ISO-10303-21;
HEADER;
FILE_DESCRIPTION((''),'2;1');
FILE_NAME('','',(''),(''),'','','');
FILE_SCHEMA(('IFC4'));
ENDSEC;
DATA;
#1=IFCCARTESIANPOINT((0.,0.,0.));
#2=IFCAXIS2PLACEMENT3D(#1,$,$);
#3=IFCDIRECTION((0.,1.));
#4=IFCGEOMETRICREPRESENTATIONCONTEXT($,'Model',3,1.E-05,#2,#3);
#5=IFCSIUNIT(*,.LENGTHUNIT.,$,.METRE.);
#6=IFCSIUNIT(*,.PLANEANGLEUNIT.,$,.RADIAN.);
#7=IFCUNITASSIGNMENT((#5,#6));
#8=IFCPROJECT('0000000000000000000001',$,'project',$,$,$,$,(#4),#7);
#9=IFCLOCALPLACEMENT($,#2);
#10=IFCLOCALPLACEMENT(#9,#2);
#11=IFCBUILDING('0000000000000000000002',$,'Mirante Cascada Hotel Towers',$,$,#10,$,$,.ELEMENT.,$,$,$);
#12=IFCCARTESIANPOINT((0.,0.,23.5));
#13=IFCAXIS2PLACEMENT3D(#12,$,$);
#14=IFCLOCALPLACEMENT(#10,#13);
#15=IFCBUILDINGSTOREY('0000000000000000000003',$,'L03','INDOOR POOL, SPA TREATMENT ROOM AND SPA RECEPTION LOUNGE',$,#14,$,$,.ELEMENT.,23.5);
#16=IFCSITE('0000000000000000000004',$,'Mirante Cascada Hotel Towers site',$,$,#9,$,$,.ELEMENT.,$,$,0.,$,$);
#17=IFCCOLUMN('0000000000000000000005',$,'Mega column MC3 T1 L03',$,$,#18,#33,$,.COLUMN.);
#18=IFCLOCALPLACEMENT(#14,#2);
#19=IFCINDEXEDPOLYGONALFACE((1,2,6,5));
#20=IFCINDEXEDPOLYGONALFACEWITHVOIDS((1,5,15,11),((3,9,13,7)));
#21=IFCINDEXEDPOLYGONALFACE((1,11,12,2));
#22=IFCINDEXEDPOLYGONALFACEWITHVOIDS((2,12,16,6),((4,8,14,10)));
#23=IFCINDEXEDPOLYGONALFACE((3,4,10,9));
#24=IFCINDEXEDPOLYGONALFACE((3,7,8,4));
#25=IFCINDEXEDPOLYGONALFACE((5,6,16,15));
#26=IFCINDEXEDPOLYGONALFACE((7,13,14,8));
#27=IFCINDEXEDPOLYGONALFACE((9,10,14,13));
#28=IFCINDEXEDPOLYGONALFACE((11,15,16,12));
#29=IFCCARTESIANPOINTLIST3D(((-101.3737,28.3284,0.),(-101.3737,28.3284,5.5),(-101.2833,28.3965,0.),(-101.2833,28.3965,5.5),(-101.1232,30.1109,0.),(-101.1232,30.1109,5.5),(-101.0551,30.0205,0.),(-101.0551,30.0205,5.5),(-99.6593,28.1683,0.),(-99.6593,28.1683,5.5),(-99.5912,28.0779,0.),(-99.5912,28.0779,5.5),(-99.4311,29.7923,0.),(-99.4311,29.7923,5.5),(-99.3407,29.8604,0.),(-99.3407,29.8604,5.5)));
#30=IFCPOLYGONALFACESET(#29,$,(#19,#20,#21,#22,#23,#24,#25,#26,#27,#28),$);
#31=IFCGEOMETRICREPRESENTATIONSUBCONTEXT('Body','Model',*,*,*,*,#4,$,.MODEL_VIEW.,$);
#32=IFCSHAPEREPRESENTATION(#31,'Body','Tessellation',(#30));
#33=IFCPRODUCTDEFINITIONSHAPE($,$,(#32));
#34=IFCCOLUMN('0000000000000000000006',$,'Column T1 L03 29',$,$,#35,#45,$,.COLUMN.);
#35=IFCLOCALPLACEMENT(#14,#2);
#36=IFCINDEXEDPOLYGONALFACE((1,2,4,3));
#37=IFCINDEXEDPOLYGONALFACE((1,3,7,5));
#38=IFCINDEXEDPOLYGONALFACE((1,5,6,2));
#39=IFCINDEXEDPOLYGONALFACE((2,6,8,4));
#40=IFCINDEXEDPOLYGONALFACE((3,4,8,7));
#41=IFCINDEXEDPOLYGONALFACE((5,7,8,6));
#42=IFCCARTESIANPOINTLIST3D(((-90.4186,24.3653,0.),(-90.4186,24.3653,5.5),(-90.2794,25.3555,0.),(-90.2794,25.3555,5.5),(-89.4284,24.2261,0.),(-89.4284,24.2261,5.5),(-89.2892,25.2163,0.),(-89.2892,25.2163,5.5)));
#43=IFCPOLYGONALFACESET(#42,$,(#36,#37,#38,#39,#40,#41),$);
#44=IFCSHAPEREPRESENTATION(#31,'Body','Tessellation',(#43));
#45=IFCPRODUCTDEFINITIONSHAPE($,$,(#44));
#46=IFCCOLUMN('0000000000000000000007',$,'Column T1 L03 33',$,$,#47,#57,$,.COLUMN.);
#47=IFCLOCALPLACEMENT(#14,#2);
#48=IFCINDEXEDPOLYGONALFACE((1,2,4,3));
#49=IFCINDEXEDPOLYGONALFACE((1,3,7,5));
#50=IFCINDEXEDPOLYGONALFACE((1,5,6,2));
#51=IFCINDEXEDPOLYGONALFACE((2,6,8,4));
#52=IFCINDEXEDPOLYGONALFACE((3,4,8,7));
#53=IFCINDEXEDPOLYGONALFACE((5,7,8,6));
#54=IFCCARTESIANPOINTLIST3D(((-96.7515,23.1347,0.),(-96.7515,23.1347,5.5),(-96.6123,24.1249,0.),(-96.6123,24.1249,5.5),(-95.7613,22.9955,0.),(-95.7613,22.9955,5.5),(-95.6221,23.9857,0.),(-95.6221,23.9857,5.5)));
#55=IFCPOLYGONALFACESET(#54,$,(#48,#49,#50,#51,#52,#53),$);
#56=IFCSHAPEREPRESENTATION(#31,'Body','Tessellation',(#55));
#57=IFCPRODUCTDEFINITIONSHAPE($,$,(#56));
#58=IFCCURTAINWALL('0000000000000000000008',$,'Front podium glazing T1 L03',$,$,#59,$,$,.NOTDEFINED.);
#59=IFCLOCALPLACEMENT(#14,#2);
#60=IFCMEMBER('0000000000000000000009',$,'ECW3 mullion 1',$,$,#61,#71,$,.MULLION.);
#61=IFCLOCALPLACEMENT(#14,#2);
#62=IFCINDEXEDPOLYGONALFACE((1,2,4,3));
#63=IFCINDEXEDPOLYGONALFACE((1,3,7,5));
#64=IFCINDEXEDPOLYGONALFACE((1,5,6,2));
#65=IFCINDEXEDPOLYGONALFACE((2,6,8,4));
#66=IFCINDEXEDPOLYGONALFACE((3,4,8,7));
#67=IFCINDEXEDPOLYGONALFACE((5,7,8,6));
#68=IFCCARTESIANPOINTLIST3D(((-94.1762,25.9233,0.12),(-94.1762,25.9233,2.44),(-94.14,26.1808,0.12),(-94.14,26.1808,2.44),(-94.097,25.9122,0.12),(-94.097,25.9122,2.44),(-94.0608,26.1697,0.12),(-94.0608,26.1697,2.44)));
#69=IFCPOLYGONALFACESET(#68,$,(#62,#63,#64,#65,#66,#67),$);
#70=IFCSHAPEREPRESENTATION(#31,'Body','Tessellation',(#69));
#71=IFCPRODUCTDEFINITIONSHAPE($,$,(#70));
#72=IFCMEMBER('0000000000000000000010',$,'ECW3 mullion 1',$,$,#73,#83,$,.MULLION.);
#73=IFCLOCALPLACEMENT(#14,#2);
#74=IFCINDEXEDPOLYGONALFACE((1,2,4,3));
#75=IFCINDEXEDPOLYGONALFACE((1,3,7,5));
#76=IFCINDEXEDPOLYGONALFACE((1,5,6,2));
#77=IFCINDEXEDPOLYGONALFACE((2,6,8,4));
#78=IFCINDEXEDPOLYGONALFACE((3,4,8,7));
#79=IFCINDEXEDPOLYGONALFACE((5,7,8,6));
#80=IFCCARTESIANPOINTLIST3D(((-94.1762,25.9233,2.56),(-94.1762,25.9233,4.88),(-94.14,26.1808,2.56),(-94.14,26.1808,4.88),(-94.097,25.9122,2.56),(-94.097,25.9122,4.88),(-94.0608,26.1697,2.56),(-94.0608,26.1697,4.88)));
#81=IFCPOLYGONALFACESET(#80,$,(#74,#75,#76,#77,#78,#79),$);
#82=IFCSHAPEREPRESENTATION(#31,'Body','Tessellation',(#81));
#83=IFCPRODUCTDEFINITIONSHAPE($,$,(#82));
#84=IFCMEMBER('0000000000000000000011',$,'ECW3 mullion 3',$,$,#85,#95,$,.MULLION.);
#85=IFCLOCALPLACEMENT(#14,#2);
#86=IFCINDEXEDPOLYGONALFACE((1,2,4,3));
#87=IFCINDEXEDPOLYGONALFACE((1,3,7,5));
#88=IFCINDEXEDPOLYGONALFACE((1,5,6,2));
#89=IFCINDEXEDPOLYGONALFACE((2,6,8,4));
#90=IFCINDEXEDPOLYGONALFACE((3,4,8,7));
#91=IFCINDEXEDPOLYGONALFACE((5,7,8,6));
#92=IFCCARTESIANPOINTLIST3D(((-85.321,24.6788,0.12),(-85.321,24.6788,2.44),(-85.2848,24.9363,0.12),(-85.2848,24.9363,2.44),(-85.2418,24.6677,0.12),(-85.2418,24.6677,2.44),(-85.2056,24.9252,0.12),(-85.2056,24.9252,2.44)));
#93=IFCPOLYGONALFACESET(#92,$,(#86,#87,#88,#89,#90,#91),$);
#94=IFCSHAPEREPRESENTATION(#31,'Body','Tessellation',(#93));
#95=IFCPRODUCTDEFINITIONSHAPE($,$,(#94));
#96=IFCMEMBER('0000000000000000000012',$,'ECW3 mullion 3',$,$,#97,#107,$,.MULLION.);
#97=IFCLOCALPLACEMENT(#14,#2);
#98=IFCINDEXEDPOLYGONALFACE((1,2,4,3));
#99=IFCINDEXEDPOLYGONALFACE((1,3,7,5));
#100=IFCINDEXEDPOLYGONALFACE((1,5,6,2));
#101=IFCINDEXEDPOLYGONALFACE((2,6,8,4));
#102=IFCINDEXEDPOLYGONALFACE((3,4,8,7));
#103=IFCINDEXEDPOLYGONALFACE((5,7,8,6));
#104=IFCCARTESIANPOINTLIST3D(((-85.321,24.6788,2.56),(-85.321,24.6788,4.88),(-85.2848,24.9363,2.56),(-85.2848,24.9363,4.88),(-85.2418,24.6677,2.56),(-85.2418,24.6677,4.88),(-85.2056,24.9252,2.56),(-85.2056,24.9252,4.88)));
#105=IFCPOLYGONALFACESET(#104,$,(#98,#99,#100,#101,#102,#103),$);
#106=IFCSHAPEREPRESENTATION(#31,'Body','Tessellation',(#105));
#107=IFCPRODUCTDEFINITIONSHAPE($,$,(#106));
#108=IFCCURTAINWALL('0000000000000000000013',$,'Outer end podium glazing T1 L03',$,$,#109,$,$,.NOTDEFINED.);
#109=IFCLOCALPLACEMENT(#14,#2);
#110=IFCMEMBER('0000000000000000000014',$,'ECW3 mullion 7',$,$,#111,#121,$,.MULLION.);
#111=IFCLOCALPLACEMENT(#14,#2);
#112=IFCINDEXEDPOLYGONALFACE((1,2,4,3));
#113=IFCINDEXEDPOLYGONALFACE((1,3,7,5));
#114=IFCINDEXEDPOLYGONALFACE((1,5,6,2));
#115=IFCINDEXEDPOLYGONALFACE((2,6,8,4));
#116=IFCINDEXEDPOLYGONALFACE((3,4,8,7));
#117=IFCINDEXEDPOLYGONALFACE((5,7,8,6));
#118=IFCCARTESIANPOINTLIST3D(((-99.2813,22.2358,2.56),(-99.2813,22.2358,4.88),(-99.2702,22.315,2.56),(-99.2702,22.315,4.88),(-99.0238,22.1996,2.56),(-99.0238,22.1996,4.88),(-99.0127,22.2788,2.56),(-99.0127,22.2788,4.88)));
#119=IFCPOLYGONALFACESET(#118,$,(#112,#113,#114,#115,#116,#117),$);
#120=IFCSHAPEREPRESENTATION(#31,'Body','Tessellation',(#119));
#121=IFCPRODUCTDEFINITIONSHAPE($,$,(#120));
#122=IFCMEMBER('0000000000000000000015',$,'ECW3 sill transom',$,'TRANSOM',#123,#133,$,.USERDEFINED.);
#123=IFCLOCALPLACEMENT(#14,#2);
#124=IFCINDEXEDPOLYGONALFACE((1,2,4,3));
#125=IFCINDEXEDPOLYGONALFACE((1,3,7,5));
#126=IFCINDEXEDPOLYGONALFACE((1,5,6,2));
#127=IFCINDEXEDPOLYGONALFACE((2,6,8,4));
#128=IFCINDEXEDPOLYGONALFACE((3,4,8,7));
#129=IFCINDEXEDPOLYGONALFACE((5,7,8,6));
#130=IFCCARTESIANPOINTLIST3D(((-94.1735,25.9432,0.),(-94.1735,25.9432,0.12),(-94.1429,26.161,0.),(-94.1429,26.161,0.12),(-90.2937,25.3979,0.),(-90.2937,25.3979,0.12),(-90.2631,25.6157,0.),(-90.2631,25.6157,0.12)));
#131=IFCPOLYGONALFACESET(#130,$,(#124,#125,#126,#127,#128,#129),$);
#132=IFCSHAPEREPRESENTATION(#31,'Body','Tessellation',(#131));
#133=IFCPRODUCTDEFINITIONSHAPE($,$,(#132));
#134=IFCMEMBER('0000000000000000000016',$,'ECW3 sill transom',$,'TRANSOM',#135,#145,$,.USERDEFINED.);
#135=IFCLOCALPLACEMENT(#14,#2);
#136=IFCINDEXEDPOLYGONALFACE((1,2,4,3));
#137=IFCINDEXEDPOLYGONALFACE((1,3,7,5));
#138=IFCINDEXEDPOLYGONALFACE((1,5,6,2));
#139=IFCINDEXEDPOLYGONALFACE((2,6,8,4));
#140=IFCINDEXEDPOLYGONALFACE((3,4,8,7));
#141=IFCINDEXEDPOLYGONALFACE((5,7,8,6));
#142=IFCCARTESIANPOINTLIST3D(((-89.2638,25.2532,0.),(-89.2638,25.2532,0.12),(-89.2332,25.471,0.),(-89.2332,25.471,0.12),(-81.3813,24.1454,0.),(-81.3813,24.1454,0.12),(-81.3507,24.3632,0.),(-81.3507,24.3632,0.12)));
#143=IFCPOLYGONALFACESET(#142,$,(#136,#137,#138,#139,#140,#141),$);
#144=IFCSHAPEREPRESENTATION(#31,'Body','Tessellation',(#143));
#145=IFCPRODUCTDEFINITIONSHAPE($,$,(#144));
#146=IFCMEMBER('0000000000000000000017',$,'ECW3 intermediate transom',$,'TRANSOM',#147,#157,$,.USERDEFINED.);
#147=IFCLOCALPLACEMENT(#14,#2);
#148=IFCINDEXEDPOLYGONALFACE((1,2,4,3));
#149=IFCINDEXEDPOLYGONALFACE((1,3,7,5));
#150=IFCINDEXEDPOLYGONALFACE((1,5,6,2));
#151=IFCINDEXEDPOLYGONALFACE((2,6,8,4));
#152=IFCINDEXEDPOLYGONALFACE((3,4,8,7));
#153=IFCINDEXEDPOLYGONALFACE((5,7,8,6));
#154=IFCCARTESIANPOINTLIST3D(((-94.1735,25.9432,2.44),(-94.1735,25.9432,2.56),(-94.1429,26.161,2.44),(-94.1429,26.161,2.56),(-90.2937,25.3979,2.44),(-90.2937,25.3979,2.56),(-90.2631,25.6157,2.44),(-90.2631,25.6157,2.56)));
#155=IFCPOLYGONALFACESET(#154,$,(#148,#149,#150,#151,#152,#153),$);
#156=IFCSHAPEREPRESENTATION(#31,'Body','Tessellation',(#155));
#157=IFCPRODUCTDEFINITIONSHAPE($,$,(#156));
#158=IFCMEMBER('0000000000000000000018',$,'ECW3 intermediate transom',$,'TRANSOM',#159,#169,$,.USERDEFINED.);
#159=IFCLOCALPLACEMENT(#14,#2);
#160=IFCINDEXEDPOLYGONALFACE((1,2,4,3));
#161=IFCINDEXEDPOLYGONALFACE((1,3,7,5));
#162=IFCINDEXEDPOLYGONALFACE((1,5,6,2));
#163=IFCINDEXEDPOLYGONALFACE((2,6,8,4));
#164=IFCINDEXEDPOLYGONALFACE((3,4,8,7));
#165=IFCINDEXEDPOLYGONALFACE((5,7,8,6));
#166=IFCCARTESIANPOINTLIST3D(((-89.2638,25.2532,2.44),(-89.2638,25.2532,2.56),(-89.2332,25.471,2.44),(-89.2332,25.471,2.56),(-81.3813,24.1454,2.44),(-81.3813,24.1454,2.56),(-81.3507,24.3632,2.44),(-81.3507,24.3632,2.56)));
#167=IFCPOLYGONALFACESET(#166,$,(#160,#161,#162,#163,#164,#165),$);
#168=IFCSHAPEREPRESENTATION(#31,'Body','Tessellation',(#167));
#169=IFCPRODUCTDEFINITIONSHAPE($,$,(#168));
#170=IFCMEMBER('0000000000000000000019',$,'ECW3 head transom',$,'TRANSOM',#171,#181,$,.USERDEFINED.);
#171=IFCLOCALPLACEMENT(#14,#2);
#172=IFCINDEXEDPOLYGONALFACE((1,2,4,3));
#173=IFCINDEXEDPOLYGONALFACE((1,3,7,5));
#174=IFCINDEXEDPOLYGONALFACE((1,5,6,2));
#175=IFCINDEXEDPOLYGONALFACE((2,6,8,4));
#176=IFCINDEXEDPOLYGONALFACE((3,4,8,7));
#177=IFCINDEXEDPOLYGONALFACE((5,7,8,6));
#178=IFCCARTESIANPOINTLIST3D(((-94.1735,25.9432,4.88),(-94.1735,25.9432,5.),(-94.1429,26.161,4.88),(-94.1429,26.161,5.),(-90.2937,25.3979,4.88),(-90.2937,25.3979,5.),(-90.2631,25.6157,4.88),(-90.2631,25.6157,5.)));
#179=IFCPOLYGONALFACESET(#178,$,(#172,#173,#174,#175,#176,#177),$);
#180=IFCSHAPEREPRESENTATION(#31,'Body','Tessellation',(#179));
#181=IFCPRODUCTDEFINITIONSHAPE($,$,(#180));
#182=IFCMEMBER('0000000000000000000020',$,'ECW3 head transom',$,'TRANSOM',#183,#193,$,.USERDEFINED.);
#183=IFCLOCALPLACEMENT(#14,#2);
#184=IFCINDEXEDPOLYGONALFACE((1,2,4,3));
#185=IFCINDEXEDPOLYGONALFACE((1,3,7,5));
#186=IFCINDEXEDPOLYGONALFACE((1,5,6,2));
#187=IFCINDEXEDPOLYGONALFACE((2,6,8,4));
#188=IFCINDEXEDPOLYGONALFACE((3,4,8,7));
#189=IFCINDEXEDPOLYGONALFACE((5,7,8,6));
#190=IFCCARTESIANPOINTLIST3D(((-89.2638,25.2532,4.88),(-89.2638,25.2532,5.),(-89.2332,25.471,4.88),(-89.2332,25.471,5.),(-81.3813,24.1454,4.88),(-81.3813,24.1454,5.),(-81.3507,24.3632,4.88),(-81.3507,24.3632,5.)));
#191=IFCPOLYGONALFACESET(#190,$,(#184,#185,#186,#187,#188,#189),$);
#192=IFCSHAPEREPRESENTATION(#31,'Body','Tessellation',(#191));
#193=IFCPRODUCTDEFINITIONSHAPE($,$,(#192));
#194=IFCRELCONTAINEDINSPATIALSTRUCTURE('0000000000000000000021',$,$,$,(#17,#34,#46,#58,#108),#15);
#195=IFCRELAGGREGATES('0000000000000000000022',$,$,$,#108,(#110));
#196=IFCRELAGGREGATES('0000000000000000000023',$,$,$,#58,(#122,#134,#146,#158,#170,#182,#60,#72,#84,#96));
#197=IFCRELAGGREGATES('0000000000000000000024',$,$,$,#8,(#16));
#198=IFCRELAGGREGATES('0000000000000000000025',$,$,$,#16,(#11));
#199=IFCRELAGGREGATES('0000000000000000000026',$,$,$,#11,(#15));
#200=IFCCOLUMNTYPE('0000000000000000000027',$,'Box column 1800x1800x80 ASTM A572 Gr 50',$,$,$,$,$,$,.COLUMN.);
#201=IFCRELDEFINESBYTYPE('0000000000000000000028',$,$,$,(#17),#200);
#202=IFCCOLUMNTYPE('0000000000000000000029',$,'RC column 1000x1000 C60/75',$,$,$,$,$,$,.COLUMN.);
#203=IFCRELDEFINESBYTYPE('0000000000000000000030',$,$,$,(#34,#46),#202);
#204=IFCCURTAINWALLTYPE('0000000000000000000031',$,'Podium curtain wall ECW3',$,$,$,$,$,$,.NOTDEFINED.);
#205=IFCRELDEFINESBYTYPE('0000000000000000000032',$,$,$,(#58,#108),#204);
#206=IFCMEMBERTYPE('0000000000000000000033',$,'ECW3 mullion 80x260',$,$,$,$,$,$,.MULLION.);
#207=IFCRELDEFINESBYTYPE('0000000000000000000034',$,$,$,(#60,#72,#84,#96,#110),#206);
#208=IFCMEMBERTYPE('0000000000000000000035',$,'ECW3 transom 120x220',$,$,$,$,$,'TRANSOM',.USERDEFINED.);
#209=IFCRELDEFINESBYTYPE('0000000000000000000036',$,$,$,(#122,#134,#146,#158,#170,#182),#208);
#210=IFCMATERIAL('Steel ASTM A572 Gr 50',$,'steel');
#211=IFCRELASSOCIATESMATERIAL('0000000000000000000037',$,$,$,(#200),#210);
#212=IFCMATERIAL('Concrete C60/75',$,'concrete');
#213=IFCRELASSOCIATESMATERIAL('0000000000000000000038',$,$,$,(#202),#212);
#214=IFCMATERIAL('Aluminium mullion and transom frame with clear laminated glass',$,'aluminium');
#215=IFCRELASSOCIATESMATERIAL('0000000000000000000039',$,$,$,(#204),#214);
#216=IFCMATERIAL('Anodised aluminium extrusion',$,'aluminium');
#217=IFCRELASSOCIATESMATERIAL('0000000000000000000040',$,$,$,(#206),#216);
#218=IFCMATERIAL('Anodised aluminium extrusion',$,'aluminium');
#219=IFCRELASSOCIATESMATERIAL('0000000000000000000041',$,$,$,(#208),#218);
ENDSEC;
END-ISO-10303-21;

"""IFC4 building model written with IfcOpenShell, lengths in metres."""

from ifc_helpers import new_model, si_unit, direction, frame, origin, origin_2d, place, context, subcontext, project, spatial, rectangle, hollow_rectangle, extrude, material, material_profile, profile_set, type_object, element, aggregate, save


model = new_model("IFC4")

# Units and contexts
model_context = context("Model", 3, precision=1e-05, world=origin(), true_north=direction((0.0, 1.0)))
body_context = subcontext(model_context, "Body", "Model", "MODEL_VIEW")
ifc_project = project(units=[si_unit("LENGTHUNIT", "METRE"), si_unit("PLANEANGLEUNIT", "RADIAN")], contexts=[model_context])

# Site, building, storey
site_placement = place(None, origin())
site = spatial("IfcSite", under=ifc_project, at=site_placement, Name="Mirante Cascada Hotel Towers site", CompositionType="ELEMENT", RefElevation=0.0)
building_placement = place(site_placement, origin())
building = spatial("IfcBuilding", under=site, at=building_placement, Name="Mirante Cascada Hotel Towers", CompositionType="ELEMENT")
storey_placement = place(building_placement, frame((0.0, 0.0, 23.5)))
storey = spatial("IfcBuildingStorey", under=building, at=storey_placement, Name="L03", Description="INDOOR POOL, SPA TREATMENT ROOM AND SPA RECEPTION LOUNGE", CompositionType="ELEMENT", Elevation=23.5)

# Columns
ifc_material_1 = material(Name="Steel ASTM A572 Gr 50", Category="steel")
ifc_material_profile_1 = material_profile(ifc_material_1, hollow_rectangle(XDim=1.8, YDim=1.8, WallThickness=0.08, at=origin_2d()), Name="Box column 1800x1800x80 ASTM A572 Gr 50")
ifc_profile_set_1 = profile_set([ifc_material_profile_1], Name="Steel ASTM A572 Gr 50")
column_type_1 = type_object("IfcColumnType", Name="Box column 1800x1800x80 ASTM A572 Gr 50", PredefinedType="COLUMN", material=ifc_profile_set_1)
column_placement = place(storey_placement, frame((-100.3572, 29.0944, 0.0), z_axis=(0.0, 0.0, 1.0), x_axis=(-0.990268, 0.139173, 0.0)))
element("IfcColumn", 1, at=column_placement, inside=storey, type_object=column_type_1, Name="Mega column MC3 T1 L03", PredefinedType="COLUMN", context=body_context, shape_type="SweptSolid", body=[
    extrude(hollow_rectangle(XDim=1.8, YDim=1.8, WallThickness=0.08, at=origin_2d()), origin(), (0.0, 0.0, 1.0), 5.5),
])
ifc_material_2 = material(Name="Concrete C60/75", Category="concrete")
ifc_material_profile_2 = material_profile(ifc_material_2, rectangle(XDim=1.0, YDim=1.0, at=origin_2d()), Name="RC column 1000x1000 C60/75")
ifc_profile_set_2 = profile_set([ifc_material_profile_2], Name="Concrete C60/75")
column_type_2 = type_object("IfcColumnType", Name="RC column 1000x1000 C60/75", PredefinedType="COLUMN", material=ifc_profile_set_2)
for number, where, z_axis, x_axis, name in (
    (2, (-89.8539, 24.7908, 0.0), (0.0, 0.0, 1.0), (-0.990268, 0.139173, 0.0), "Column T1 L03 29"),
    (3, (-96.1868, 23.5602, 0.0), (0.0, 0.0, 1.0), (-0.990268, 0.139173, 0.0), "Column T1 L03 33"),
):
    element("IfcColumn", number, at=place(storey_placement, frame(where, z_axis=z_axis, x_axis=x_axis)), inside=storey, type_object=column_type_2, Name=name, PredefinedType="COLUMN", context=body_context, shape_type="SweptSolid", body=[
        extrude(rectangle(XDim=1.0, YDim=1.0, at=origin_2d()), origin(), (0.0, 0.0, 1.0), 5.5),
    ])

# Curtain wall, members
ifc_material_3 = material(Name="Aluminium mullion and transom frame with clear laminated glass", Category="aluminium")
curtain_wall_type = type_object("IfcCurtainWallType", Name="Podium curtain wall ECW3", PredefinedType="NOTDEFINED", material=ifc_material_3)
curtain_wall_1_placement = place(storey_placement, origin())
curtain_wall_1 = element("IfcCurtainWall", 4, at=curtain_wall_1_placement, inside=storey, type_object=curtain_wall_type, Name="Front podium glazing T1 L03", PredefinedType="NOTDEFINED")
ifc_material_4 = material(Name="Anodised aluminium extrusion", Category="aluminium")
ifc_material_profile_3 = material_profile(ifc_material_4, rectangle(XDim=0.26, YDim=0.08, at=origin_2d()), Name="ECW3 MULLION 80x260")
ifc_profile_set_3 = profile_set([ifc_material_profile_3], Name="Anodised aluminium extrusion")
member_type_1 = type_object("IfcMemberType", Name="ECW3 mullion 80x260", PredefinedType="MULLION", material=ifc_profile_set_3)
member_1_placement = place(storey_placement, frame((-94.1185, 26.0465, 0.12), z_axis=(0.0, 0.0, 1.0), x_axis=(0.139173, 0.990268, 0.0)))
member_1 = element("IfcMember", 5, at=member_1_placement, type_object=member_type_1, Name="ECW3 mullion 1", PredefinedType="MULLION", context=body_context, shape_type="SweptSolid", body=[
    extrude(rectangle(XDim=0.26, YDim=0.08, at=origin_2d()), origin(), (0.0, 0.0, 1.0), 2.32),
])
member_2_placement = place(storey_placement, frame((-94.1185, 26.0465, 2.56), z_axis=(0.0, 0.0, 1.0), x_axis=(0.139173, 0.990268, 0.0)))
member_2 = element("IfcMember", 6, at=member_2_placement, type_object=member_type_1, Name="ECW3 mullion 1", PredefinedType="MULLION", context=body_context, shape_type="SweptSolid", body=[
    extrude(rectangle(XDim=0.26, YDim=0.08, at=origin_2d()), origin(), (0.0, 0.0, 1.0), 2.32),
])
member_3_placement = place(storey_placement, frame((-85.2633, 24.802, 0.12), z_axis=(0.0, 0.0, 1.0), x_axis=(0.139173, 0.990268, 0.0)))
member_3 = element("IfcMember", 7, at=member_3_placement, type_object=member_type_1, Name="ECW3 mullion 3", PredefinedType="MULLION", context=body_context, shape_type="SweptSolid", body=[
    extrude(rectangle(XDim=0.26, YDim=0.08, at=origin_2d()), origin(), (0.0, 0.0, 1.0), 2.32),
])
member_4_placement = place(storey_placement, frame((-85.2633, 24.802, 2.56), z_axis=(0.0, 0.0, 1.0), x_axis=(0.139173, 0.990268, 0.0)))
member_4 = element("IfcMember", 8, at=member_4_placement, type_object=member_type_1, Name="ECW3 mullion 3", PredefinedType="MULLION", context=body_context, shape_type="SweptSolid", body=[
    extrude(rectangle(XDim=0.26, YDim=0.08, at=origin_2d()), origin(), (0.0, 0.0, 1.0), 2.32),
])

# Curtain wall, member
curtain_wall_2_placement = place(storey_placement, origin())
curtain_wall_2 = element("IfcCurtainWall", 9, at=curtain_wall_2_placement, inside=storey, type_object=curtain_wall_type, Name="Outer end podium glazing T1 L03", PredefinedType="NOTDEFINED")
member_5_placement = place(storey_placement, frame((-99.147, 22.2573, 2.56), z_axis=(0.0, 0.0, 1.0), x_axis=(-0.990268, 0.139173, 0.0)))
member_5 = element("IfcMember", 10, at=member_5_placement, type_object=member_type_1, Name="ECW3 mullion 7", PredefinedType="MULLION", context=body_context, shape_type="SweptSolid", body=[
    extrude(rectangle(XDim=0.26, YDim=0.08, at=origin_2d()), origin(), (0.0, 0.0, 1.0), 2.32),
])
aggregate(curtain_wall_2, [member_5])

# Members
ifc_material_5 = material(Name="Anodised aluminium extrusion", Category="aluminium")
ifc_material_profile_4 = material_profile(ifc_material_5, rectangle(XDim=0.22, YDim=0.12, at=origin_2d()), Name="ECW3 TRANSOM 120x220")
ifc_profile_set_4 = profile_set([ifc_material_profile_4], Name="Anodised aluminium extrusion")
member_type_2 = type_object("IfcMemberType", Name="ECW3 transom 120x220", ElementType="TRANSOM", PredefinedType="USERDEFINED", material=ifc_profile_set_4)
member_6_placement = place(storey_placement, frame((-94.1582, 26.0521, 0.06), z_axis=(0.990267, -0.139181, 0.0), x_axis=(0.139181, 0.990267, 0.0)))
member_6 = element("IfcMember", 11, at=member_6_placement, type_object=member_type_2, Name="ECW3 sill transom", ObjectType="TRANSOM", PredefinedType="USERDEFINED", context=body_context, shape_type="SweptSolid", body=[
    extrude(rectangle(XDim=0.22, YDim=0.12, at=origin_2d()), origin(), (0.0, 0.0, 1.0), 3.9179),
])
member_7_placement = place(storey_placement, frame((-89.2485, 25.3621, 0.06), z_axis=(0.990268, -0.139172, 0.0), x_axis=(0.139172, 0.990268, 0.0)))
member_7 = element("IfcMember", 12, at=member_7_placement, type_object=member_type_2, Name="ECW3 sill transom", ObjectType="TRANSOM", PredefinedType="USERDEFINED", context=body_context, shape_type="SweptSolid", body=[
    extrude(rectangle(XDim=0.22, YDim=0.12, at=origin_2d()), origin(), (0.0, 0.0, 1.0), 7.96),
])
member_8_placement = place(storey_placement, frame((-94.1582, 26.0521, 2.5), z_axis=(0.990267, -0.139181, 0.0), x_axis=(0.139181, 0.990267, 0.0)))
member_8 = element("IfcMember", 13, at=member_8_placement, type_object=member_type_2, Name="ECW3 intermediate transom", ObjectType="TRANSOM", PredefinedType="USERDEFINED", context=body_context, shape_type="SweptSolid", body=[
    extrude(rectangle(XDim=0.22, YDim=0.12, at=origin_2d()), origin(), (0.0, 0.0, 1.0), 3.9179),
])
member_9_placement = place(storey_placement, frame((-89.2485, 25.3621, 2.5), z_axis=(0.990268, -0.139172, 0.0), x_axis=(0.139172, 0.990268, 0.0)))
member_9 = element("IfcMember", 14, at=member_9_placement, type_object=member_type_2, Name="ECW3 intermediate transom", ObjectType="TRANSOM", PredefinedType="USERDEFINED", context=body_context, shape_type="SweptSolid", body=[
    extrude(rectangle(XDim=0.22, YDim=0.12, at=origin_2d()), origin(), (0.0, 0.0, 1.0), 7.96),
])
member_10_placement = place(storey_placement, frame((-94.1582, 26.0521, 4.94), z_axis=(0.990267, -0.139181, 0.0), x_axis=(0.139181, 0.990267, 0.0)))
member_10 = element("IfcMember", 15, at=member_10_placement, type_object=member_type_2, Name="ECW3 head transom", ObjectType="TRANSOM", PredefinedType="USERDEFINED", context=body_context, shape_type="SweptSolid", body=[
    extrude(rectangle(XDim=0.22, YDim=0.12, at=origin_2d()), origin(), (0.0, 0.0, 1.0), 3.9179),
])
member_11_placement = place(storey_placement, frame((-89.2485, 25.3621, 4.94), z_axis=(0.990268, -0.139172, 0.0), x_axis=(0.139172, 0.990268, 0.0)))
member_11 = element("IfcMember", 16, at=member_11_placement, type_object=member_type_2, Name="ECW3 head transom", ObjectType="TRANSOM", PredefinedType="USERDEFINED", context=body_context, shape_type="SweptSolid", body=[
    extrude(rectangle(XDim=0.22, YDim=0.12, at=origin_2d()), origin(), (0.0, 0.0, 1.0), 7.96),
])

aggregate(curtain_wall_1, [member_6, member_7, member_8, member_9, member_10, member_11, member_1, member_2, member_3, member_4])

save(model, "model.ifc")
